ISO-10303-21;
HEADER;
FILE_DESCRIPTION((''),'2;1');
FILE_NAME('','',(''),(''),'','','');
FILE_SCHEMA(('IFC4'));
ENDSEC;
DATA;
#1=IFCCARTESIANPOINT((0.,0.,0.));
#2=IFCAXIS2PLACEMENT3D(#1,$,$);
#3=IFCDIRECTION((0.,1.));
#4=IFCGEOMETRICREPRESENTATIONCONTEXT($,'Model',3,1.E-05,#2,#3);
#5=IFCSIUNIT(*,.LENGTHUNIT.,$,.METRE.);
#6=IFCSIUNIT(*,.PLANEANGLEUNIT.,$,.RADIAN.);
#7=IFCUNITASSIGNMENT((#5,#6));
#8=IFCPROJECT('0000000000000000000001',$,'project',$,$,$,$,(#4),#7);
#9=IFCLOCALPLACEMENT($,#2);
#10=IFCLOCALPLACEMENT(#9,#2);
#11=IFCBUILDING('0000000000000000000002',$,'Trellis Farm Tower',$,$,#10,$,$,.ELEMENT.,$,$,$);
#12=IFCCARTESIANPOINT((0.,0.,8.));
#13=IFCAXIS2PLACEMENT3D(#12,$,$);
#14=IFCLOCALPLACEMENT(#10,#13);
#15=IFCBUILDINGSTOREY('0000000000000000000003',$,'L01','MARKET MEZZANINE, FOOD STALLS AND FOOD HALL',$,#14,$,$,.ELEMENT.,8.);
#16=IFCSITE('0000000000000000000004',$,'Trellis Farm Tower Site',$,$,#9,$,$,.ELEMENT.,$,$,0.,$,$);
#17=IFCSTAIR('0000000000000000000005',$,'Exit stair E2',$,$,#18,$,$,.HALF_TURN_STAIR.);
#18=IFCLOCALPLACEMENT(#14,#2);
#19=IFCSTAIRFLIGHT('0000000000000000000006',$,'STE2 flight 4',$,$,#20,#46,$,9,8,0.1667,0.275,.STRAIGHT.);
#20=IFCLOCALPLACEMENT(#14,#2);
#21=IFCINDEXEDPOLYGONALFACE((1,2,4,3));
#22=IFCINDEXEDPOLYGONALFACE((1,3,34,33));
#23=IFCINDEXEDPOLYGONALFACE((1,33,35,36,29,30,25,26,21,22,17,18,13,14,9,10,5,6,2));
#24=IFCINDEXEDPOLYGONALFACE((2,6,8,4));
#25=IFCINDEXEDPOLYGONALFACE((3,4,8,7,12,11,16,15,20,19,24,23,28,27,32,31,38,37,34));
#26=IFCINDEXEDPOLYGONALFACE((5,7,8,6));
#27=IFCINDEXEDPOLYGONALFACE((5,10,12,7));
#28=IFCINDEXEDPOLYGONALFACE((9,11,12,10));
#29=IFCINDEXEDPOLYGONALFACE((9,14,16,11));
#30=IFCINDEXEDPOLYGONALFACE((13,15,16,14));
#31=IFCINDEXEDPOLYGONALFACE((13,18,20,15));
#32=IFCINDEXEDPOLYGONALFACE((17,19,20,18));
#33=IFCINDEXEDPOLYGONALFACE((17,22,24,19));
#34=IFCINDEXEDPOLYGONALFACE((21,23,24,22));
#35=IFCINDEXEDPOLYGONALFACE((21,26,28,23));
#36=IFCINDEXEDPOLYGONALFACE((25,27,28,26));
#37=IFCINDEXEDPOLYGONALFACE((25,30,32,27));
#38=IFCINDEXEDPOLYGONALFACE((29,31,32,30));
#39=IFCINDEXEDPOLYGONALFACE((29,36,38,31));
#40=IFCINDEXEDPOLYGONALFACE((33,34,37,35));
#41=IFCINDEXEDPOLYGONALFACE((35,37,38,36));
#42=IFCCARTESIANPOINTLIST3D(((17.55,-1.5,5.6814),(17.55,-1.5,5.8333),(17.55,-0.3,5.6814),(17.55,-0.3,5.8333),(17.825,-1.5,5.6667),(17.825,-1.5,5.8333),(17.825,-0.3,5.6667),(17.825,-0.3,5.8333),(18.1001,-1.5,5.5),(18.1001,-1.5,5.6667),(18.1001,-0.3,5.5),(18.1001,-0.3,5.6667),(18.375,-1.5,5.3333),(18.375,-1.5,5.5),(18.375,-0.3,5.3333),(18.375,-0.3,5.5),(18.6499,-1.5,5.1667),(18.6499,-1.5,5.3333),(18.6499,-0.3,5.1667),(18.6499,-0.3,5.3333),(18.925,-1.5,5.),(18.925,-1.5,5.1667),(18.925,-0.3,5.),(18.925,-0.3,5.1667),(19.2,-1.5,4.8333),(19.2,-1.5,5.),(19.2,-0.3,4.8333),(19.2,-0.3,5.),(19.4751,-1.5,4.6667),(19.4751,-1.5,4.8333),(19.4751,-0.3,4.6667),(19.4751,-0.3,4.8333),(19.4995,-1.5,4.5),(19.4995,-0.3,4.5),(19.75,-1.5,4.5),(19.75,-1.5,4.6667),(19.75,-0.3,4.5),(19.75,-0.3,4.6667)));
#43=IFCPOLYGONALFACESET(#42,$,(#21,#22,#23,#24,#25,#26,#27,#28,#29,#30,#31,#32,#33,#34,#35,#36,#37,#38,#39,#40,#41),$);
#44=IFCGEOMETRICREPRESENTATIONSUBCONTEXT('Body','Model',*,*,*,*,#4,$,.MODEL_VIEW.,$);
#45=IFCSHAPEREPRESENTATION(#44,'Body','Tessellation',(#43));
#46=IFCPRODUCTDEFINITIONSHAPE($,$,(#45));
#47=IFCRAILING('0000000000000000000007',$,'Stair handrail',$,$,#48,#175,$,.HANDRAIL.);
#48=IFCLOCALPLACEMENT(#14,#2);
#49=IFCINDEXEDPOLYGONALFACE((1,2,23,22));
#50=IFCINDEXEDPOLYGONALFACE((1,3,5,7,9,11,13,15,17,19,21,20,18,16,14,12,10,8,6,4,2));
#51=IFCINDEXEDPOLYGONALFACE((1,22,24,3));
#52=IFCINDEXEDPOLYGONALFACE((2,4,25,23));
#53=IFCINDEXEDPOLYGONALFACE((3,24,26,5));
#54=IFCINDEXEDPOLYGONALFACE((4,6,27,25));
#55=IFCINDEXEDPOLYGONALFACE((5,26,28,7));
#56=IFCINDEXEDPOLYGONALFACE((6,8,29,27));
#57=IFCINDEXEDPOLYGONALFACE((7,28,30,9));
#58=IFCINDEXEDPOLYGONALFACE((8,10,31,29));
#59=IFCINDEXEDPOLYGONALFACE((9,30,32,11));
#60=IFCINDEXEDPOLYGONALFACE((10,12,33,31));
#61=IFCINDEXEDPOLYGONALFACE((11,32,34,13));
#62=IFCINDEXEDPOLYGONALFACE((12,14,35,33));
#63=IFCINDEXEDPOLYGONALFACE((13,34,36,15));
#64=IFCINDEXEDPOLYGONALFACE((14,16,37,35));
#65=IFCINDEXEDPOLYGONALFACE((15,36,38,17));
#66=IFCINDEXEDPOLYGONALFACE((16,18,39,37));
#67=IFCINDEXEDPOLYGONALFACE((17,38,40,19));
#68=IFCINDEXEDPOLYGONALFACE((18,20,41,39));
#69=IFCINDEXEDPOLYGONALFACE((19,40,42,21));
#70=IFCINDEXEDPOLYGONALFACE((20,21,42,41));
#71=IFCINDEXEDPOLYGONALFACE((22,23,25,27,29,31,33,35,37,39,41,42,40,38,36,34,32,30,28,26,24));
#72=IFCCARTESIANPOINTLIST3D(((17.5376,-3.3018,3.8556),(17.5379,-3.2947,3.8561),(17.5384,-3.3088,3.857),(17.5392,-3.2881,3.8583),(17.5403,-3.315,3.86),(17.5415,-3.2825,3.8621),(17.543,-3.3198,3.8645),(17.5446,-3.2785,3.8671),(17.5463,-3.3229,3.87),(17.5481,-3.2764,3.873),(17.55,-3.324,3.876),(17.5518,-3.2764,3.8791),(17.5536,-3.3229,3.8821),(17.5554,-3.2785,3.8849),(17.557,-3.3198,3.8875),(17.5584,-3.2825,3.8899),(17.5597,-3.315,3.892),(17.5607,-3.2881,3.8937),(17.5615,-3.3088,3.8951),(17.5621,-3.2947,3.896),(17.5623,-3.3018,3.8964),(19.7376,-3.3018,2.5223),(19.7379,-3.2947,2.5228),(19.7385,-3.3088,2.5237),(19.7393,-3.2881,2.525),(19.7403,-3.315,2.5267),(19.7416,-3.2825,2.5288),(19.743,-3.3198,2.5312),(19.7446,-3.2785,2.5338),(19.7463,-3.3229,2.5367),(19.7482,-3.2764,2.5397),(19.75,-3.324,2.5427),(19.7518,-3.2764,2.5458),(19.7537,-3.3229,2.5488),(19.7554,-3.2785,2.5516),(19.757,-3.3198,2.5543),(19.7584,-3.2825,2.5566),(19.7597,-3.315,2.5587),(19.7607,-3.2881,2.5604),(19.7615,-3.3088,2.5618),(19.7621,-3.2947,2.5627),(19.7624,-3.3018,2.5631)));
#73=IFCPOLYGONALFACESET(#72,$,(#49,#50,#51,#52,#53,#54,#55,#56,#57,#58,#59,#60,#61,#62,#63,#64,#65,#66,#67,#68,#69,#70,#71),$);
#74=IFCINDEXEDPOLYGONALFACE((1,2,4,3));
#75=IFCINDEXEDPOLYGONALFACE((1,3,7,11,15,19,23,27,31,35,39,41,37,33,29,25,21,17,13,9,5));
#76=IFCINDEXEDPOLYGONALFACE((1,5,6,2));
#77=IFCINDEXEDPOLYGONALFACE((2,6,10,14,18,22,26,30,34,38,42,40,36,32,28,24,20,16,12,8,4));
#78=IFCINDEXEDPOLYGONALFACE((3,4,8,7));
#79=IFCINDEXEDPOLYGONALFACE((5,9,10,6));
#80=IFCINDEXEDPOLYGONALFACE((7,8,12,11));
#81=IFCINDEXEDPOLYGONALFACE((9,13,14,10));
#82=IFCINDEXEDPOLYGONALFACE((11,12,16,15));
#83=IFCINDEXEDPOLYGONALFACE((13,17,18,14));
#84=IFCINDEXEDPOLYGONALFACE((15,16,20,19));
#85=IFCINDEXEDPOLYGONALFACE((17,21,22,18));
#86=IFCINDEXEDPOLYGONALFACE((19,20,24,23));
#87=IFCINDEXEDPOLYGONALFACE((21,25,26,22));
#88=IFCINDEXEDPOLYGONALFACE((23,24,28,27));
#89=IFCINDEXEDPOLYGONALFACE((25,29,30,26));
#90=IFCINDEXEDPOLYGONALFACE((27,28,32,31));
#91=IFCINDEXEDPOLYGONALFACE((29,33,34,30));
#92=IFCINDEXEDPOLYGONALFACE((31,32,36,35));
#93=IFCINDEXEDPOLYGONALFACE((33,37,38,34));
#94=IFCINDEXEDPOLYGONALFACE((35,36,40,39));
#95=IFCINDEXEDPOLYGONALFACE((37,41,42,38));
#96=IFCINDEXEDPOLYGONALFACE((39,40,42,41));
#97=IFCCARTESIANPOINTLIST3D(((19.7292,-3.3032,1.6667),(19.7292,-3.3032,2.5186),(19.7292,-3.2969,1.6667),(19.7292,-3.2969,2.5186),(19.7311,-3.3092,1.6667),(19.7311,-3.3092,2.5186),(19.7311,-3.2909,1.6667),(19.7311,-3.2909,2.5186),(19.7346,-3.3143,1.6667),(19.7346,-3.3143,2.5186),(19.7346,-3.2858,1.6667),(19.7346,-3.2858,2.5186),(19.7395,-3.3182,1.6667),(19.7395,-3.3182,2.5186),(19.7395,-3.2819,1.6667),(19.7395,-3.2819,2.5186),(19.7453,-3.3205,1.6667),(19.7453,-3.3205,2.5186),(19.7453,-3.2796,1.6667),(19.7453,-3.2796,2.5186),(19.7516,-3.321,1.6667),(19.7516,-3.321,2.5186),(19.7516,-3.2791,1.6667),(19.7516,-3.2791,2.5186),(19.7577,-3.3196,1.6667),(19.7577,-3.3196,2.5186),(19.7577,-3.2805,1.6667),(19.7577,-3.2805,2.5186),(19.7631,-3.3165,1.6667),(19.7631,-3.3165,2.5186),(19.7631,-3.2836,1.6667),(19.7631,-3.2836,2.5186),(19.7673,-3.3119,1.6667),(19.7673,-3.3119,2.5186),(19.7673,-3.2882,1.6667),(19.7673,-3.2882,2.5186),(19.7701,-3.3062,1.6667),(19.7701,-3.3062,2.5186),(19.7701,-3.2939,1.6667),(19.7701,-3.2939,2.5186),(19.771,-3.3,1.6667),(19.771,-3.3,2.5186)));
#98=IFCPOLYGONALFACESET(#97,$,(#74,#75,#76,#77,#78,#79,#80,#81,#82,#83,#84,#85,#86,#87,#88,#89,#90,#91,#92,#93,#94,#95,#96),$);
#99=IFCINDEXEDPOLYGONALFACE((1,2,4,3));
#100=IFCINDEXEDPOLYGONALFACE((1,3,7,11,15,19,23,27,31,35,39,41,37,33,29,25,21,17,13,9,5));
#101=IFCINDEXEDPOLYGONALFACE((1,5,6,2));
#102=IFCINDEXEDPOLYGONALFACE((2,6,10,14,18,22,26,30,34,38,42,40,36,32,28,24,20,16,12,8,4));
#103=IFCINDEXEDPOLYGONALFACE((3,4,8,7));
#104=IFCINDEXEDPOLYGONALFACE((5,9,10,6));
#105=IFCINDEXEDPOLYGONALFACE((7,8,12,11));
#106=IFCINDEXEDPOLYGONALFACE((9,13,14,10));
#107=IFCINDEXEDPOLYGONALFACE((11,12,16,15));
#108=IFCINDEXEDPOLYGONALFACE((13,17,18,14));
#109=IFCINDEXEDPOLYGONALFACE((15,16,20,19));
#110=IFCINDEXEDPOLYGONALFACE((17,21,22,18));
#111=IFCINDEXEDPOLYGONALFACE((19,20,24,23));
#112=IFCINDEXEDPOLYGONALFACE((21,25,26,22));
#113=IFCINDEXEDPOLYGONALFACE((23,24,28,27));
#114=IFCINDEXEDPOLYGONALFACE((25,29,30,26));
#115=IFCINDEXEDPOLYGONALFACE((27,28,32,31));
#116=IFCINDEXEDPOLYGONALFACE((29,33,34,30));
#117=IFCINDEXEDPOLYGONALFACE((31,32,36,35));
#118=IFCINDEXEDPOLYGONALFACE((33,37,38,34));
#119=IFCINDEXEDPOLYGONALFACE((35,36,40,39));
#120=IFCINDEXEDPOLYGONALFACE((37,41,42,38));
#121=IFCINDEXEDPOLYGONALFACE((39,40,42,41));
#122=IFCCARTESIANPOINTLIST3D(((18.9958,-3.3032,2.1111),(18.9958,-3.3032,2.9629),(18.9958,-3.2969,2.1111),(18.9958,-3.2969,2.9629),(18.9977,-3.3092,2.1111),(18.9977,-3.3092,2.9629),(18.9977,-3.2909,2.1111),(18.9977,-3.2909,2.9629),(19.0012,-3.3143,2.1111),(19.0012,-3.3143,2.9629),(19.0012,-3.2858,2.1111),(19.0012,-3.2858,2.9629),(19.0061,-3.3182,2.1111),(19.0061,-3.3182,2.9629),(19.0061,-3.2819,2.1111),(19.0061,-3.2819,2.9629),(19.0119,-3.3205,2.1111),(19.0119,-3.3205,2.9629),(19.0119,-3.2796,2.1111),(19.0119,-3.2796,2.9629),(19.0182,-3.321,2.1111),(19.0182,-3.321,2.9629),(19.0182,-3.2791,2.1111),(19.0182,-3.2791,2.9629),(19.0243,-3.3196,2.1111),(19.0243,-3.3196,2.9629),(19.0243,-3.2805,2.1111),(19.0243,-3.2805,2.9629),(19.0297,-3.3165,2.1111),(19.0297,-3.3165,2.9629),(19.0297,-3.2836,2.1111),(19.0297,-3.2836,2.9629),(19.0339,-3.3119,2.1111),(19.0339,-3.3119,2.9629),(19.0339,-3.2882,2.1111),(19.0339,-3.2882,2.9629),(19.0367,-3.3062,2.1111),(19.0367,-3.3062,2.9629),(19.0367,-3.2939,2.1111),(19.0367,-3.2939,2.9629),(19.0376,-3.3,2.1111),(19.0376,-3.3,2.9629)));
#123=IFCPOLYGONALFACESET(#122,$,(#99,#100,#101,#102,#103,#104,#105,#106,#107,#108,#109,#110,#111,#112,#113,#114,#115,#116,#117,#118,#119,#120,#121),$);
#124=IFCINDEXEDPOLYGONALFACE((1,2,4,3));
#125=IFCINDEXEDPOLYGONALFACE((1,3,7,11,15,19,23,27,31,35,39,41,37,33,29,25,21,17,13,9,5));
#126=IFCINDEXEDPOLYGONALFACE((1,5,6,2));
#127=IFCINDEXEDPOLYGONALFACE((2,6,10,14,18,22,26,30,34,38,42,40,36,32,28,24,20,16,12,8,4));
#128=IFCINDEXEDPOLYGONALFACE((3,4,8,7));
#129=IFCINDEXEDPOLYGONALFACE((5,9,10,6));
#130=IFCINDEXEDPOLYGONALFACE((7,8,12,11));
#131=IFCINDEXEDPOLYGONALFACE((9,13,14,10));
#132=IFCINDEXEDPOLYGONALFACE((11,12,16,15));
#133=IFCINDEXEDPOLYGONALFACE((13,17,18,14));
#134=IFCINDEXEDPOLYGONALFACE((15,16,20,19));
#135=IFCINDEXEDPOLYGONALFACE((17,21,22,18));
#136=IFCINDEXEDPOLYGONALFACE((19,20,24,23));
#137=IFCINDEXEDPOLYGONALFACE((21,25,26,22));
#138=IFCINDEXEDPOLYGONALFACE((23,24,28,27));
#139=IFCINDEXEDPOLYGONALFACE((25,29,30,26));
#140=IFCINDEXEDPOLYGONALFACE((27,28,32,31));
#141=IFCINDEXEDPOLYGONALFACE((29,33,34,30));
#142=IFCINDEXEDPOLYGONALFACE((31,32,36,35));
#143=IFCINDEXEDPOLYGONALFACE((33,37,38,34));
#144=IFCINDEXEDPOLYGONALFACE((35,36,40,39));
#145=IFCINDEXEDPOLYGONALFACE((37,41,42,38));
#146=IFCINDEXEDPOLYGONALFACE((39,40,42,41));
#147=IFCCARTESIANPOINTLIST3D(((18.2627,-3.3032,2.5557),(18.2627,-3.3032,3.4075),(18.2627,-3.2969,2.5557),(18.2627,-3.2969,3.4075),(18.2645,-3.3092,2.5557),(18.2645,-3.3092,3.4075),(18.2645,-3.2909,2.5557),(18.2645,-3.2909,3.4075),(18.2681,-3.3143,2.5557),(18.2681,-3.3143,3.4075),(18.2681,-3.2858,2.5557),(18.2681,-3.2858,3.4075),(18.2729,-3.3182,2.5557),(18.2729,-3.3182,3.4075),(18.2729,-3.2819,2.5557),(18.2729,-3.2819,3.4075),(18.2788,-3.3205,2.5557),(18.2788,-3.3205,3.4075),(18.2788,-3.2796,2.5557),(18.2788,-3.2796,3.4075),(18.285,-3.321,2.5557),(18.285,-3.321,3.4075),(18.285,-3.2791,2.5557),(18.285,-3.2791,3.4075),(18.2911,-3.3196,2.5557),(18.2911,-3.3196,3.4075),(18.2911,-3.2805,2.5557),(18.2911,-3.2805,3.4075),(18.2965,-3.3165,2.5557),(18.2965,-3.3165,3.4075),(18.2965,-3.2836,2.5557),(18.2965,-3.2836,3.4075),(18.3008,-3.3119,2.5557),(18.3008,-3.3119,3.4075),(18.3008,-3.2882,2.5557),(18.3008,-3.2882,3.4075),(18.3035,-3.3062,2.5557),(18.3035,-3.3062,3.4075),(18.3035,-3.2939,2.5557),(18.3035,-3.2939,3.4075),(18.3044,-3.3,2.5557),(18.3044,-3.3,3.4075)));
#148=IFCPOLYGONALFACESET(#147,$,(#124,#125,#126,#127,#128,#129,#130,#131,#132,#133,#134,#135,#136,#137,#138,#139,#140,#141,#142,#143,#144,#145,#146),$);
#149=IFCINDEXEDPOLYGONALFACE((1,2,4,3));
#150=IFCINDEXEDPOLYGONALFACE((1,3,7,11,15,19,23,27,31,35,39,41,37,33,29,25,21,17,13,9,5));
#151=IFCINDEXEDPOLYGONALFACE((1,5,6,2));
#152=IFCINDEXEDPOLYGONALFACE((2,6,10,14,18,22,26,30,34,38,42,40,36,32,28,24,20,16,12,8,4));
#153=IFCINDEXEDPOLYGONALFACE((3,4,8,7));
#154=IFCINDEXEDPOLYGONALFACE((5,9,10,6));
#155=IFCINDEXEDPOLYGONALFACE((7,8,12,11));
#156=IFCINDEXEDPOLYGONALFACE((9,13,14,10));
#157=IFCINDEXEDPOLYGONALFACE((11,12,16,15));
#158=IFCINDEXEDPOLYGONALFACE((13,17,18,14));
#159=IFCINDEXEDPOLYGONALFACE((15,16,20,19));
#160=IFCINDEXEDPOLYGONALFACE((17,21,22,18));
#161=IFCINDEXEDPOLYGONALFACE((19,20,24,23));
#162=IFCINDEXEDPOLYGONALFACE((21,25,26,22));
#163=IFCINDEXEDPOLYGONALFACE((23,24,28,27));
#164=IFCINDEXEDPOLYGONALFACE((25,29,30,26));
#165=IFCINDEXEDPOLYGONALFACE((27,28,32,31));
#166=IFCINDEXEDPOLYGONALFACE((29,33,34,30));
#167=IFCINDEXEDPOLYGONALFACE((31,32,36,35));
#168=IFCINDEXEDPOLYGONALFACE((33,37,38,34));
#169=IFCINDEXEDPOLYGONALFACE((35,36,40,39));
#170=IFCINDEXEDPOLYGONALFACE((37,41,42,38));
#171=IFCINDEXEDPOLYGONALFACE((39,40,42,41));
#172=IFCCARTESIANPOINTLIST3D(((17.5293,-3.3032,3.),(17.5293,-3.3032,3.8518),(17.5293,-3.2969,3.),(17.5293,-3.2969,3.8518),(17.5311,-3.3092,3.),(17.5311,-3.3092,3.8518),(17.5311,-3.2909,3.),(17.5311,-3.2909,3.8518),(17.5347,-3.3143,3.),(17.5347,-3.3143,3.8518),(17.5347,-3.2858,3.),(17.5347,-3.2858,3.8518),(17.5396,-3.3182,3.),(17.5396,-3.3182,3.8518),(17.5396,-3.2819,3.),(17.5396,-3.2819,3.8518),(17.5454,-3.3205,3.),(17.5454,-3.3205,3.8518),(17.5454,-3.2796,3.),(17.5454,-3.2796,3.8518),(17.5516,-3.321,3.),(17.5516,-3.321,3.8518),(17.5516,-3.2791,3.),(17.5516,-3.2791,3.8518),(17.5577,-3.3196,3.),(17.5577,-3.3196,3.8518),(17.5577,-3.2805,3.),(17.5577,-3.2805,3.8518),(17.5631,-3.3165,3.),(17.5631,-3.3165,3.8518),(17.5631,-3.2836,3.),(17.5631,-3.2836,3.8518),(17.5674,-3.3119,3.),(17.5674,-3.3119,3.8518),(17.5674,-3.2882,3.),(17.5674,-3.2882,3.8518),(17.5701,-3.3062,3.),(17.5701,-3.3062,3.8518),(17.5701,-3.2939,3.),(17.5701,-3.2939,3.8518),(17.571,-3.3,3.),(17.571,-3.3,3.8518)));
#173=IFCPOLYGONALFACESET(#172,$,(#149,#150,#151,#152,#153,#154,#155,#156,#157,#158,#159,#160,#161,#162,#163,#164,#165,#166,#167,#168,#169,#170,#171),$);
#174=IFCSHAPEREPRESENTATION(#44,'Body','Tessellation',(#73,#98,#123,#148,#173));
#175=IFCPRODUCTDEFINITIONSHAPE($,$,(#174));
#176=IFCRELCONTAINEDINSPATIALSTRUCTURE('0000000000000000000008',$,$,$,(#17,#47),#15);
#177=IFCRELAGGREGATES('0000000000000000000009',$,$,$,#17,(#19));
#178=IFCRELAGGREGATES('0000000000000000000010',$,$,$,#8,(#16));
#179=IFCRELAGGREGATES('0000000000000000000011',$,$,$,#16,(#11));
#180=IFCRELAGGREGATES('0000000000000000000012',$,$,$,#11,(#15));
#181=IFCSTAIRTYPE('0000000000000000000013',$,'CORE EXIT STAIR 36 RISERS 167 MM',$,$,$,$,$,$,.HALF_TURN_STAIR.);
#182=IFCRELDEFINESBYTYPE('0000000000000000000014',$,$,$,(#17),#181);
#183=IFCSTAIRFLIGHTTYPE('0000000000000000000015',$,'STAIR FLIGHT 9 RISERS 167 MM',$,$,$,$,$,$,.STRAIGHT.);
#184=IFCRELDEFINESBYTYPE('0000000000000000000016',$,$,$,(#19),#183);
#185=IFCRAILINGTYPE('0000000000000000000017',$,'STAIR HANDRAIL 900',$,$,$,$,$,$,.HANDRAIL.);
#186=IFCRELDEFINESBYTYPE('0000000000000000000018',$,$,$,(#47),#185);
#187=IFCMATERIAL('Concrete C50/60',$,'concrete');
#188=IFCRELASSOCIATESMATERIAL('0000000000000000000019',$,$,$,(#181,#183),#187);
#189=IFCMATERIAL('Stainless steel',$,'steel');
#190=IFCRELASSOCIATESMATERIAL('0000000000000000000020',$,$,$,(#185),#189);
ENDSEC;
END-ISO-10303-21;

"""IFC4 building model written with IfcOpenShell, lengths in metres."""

from ifc_helpers import new_model, si_unit, direction, frame, origin, origin_2d, place, context, subcontext, project, spatial, polyline, circle, outline, extrude, source, transform, mapped, material, type_object, element, aggregate, save


model = new_model("IFC4")

# Units and contexts
model_context = context("Model", 3, precision=1e-05, world=origin(), true_north=direction((0.0, 1.0)))
body_context = subcontext(model_context, "Body", "Model", "MODEL_VIEW")
ifc_project = project(units=[si_unit("LENGTHUNIT", "METRE"), si_unit("PLANEANGLEUNIT", "RADIAN")], contexts=[model_context])

# Site, building, storey
site_placement = place(None, origin())
site = spatial("IfcSite", under=ifc_project, at=site_placement, Name="Trellis Farm Tower Site", CompositionType="ELEMENT", RefElevation=0.0)
building_placement = place(site_placement, origin())
building = spatial("IfcBuilding", under=site, at=building_placement, Name="Trellis Farm Tower", CompositionType="ELEMENT")
storey_placement = place(building_placement, frame((0.0, 0.0, 8.0)))
storey = spatial("IfcBuildingStorey", under=building, at=storey_placement, Name="L01", Description="MARKET MEZZANINE, FOOD STALLS AND FOOD HALL", CompositionType="ELEMENT", Elevation=8.0)

# Shared definitions
placement = place(storey_placement, origin())

# Stair, stair flight
ifc_material_1 = material(Name="Concrete C50/60", Category="concrete")
stair_type = type_object("IfcStairType", Name="CORE EXIT STAIR 36 RISERS 167 MM", PredefinedType="HALF_TURN_STAIR", material=ifc_material_1)
stair_flight_type = type_object("IfcStairFlightType", Name="STAIR FLIGHT 9 RISERS 167 MM", PredefinedType="STRAIGHT", material=ifc_material_1)
shared_shape_1 = source(origin(), body_context, "Body", "SweptSolid", [
    extrude(outline(polyline([(0.0, 0.0), (0.0, 0.1667), (0.2749, 0.1667), (0.2749, 0.3333), (0.55, 0.3333), (0.55, 0.5), (0.825, 0.5), (0.825, 0.6667), (1.1001, 0.6667), (1.1001, 0.8333), (1.375, 0.8333), (1.375, 1.0), (1.6499, 1.0), (1.6499, 1.1667), (1.925, 1.1667), (1.925, 1.3333), (2.2, 1.3333), (2.2, 1.5), (2.2, 1.1814), (0.2505, 0.0), (0.0, 0.0)])), frame((0.0, 0.6001, 0.0), z_axis=(0.0, -1.0, 0.0), x_axis=(1.0, 0.0, 0.0)), (0.0, 0.0, 1.0), 1.2),
])
stair_1 = element("IfcStair", 1, at=placement, inside=storey, type_object=stair_type, Name="Exit stair E2", PredefinedType="HALF_TURN_STAIR")
stair_flight_1_placement = place(storey_placement, frame((19.75, -0.8999, 4.5), z_axis=(0.0, 0.0, 1.0), x_axis=(-1.0, 0.0, 0.0)))
stair_flight_1 = element("IfcStairFlight", 2, at=stair_flight_1_placement, type_object=stair_flight_type, Name="STE2 flight 4", NumberOfRisers=9, NumberOfTreads=8, PredefinedType="STRAIGHT", RiserHeight=0.1667, TreadLength=0.275, context=body_context, shape_type="MappedRepresentation", body=[
    mapped(shared_shape_1, transform((0.0, 0.0, 0.0))),
])
aggregate(stair_1, [stair_flight_1])

# Railing
ifc_material_2 = material(Name="Stainless steel", Category="steel")
railing_type = type_object("IfcRailingType", Name="STAIR HANDRAIL 900", PredefinedType="HANDRAIL", material=ifc_material_2)
shared_shape_2 = source(origin(), body_context, "Body", "SweptSolid", [
    extrude(circle(Radius=0.0239, at=origin_2d()), frame((0.0, 0.0, 0.876), z_axis=(-0.855207, 0.0, 0.518287), x_axis=(0.0, -1.0, 0.0)), (0.0, 0.0, 1.0), 2.5725),
    extrude(circle(Radius=0.021, at=origin_2d()), origin(), (0.0, 0.0, 1.0), 0.8518),
    extrude(circle(Radius=0.021, at=origin_2d()), frame((-0.7334, 0.0, 0.4443)), (0.0, 0.0, 1.0), 0.8518),
    extrude(circle(Radius=0.021, at=origin_2d()), frame((-1.4666, 0.0, 0.8889)), (0.0, 0.0, 1.0), 0.8518),
    extrude(circle(Radius=0.021, at=origin_2d()), frame((-2.2, 0.0, 1.3333)), (0.0, 0.0, 1.0), 0.8518),
])
for number, where, name in (
    (3, (19.75, -3.3, 1.6667), "Stair handrail"),
):
    element("IfcRailing", number, at=place(storey_placement, frame(where)), inside=storey, type_object=railing_type, Name=name, PredefinedType="HANDRAIL", context=body_context, shape_type="MappedRepresentation", body=[
        mapped(shared_shape_2, transform((0.0, 0.0, 0.0))),
    ])

save(model, "model.ifc")
